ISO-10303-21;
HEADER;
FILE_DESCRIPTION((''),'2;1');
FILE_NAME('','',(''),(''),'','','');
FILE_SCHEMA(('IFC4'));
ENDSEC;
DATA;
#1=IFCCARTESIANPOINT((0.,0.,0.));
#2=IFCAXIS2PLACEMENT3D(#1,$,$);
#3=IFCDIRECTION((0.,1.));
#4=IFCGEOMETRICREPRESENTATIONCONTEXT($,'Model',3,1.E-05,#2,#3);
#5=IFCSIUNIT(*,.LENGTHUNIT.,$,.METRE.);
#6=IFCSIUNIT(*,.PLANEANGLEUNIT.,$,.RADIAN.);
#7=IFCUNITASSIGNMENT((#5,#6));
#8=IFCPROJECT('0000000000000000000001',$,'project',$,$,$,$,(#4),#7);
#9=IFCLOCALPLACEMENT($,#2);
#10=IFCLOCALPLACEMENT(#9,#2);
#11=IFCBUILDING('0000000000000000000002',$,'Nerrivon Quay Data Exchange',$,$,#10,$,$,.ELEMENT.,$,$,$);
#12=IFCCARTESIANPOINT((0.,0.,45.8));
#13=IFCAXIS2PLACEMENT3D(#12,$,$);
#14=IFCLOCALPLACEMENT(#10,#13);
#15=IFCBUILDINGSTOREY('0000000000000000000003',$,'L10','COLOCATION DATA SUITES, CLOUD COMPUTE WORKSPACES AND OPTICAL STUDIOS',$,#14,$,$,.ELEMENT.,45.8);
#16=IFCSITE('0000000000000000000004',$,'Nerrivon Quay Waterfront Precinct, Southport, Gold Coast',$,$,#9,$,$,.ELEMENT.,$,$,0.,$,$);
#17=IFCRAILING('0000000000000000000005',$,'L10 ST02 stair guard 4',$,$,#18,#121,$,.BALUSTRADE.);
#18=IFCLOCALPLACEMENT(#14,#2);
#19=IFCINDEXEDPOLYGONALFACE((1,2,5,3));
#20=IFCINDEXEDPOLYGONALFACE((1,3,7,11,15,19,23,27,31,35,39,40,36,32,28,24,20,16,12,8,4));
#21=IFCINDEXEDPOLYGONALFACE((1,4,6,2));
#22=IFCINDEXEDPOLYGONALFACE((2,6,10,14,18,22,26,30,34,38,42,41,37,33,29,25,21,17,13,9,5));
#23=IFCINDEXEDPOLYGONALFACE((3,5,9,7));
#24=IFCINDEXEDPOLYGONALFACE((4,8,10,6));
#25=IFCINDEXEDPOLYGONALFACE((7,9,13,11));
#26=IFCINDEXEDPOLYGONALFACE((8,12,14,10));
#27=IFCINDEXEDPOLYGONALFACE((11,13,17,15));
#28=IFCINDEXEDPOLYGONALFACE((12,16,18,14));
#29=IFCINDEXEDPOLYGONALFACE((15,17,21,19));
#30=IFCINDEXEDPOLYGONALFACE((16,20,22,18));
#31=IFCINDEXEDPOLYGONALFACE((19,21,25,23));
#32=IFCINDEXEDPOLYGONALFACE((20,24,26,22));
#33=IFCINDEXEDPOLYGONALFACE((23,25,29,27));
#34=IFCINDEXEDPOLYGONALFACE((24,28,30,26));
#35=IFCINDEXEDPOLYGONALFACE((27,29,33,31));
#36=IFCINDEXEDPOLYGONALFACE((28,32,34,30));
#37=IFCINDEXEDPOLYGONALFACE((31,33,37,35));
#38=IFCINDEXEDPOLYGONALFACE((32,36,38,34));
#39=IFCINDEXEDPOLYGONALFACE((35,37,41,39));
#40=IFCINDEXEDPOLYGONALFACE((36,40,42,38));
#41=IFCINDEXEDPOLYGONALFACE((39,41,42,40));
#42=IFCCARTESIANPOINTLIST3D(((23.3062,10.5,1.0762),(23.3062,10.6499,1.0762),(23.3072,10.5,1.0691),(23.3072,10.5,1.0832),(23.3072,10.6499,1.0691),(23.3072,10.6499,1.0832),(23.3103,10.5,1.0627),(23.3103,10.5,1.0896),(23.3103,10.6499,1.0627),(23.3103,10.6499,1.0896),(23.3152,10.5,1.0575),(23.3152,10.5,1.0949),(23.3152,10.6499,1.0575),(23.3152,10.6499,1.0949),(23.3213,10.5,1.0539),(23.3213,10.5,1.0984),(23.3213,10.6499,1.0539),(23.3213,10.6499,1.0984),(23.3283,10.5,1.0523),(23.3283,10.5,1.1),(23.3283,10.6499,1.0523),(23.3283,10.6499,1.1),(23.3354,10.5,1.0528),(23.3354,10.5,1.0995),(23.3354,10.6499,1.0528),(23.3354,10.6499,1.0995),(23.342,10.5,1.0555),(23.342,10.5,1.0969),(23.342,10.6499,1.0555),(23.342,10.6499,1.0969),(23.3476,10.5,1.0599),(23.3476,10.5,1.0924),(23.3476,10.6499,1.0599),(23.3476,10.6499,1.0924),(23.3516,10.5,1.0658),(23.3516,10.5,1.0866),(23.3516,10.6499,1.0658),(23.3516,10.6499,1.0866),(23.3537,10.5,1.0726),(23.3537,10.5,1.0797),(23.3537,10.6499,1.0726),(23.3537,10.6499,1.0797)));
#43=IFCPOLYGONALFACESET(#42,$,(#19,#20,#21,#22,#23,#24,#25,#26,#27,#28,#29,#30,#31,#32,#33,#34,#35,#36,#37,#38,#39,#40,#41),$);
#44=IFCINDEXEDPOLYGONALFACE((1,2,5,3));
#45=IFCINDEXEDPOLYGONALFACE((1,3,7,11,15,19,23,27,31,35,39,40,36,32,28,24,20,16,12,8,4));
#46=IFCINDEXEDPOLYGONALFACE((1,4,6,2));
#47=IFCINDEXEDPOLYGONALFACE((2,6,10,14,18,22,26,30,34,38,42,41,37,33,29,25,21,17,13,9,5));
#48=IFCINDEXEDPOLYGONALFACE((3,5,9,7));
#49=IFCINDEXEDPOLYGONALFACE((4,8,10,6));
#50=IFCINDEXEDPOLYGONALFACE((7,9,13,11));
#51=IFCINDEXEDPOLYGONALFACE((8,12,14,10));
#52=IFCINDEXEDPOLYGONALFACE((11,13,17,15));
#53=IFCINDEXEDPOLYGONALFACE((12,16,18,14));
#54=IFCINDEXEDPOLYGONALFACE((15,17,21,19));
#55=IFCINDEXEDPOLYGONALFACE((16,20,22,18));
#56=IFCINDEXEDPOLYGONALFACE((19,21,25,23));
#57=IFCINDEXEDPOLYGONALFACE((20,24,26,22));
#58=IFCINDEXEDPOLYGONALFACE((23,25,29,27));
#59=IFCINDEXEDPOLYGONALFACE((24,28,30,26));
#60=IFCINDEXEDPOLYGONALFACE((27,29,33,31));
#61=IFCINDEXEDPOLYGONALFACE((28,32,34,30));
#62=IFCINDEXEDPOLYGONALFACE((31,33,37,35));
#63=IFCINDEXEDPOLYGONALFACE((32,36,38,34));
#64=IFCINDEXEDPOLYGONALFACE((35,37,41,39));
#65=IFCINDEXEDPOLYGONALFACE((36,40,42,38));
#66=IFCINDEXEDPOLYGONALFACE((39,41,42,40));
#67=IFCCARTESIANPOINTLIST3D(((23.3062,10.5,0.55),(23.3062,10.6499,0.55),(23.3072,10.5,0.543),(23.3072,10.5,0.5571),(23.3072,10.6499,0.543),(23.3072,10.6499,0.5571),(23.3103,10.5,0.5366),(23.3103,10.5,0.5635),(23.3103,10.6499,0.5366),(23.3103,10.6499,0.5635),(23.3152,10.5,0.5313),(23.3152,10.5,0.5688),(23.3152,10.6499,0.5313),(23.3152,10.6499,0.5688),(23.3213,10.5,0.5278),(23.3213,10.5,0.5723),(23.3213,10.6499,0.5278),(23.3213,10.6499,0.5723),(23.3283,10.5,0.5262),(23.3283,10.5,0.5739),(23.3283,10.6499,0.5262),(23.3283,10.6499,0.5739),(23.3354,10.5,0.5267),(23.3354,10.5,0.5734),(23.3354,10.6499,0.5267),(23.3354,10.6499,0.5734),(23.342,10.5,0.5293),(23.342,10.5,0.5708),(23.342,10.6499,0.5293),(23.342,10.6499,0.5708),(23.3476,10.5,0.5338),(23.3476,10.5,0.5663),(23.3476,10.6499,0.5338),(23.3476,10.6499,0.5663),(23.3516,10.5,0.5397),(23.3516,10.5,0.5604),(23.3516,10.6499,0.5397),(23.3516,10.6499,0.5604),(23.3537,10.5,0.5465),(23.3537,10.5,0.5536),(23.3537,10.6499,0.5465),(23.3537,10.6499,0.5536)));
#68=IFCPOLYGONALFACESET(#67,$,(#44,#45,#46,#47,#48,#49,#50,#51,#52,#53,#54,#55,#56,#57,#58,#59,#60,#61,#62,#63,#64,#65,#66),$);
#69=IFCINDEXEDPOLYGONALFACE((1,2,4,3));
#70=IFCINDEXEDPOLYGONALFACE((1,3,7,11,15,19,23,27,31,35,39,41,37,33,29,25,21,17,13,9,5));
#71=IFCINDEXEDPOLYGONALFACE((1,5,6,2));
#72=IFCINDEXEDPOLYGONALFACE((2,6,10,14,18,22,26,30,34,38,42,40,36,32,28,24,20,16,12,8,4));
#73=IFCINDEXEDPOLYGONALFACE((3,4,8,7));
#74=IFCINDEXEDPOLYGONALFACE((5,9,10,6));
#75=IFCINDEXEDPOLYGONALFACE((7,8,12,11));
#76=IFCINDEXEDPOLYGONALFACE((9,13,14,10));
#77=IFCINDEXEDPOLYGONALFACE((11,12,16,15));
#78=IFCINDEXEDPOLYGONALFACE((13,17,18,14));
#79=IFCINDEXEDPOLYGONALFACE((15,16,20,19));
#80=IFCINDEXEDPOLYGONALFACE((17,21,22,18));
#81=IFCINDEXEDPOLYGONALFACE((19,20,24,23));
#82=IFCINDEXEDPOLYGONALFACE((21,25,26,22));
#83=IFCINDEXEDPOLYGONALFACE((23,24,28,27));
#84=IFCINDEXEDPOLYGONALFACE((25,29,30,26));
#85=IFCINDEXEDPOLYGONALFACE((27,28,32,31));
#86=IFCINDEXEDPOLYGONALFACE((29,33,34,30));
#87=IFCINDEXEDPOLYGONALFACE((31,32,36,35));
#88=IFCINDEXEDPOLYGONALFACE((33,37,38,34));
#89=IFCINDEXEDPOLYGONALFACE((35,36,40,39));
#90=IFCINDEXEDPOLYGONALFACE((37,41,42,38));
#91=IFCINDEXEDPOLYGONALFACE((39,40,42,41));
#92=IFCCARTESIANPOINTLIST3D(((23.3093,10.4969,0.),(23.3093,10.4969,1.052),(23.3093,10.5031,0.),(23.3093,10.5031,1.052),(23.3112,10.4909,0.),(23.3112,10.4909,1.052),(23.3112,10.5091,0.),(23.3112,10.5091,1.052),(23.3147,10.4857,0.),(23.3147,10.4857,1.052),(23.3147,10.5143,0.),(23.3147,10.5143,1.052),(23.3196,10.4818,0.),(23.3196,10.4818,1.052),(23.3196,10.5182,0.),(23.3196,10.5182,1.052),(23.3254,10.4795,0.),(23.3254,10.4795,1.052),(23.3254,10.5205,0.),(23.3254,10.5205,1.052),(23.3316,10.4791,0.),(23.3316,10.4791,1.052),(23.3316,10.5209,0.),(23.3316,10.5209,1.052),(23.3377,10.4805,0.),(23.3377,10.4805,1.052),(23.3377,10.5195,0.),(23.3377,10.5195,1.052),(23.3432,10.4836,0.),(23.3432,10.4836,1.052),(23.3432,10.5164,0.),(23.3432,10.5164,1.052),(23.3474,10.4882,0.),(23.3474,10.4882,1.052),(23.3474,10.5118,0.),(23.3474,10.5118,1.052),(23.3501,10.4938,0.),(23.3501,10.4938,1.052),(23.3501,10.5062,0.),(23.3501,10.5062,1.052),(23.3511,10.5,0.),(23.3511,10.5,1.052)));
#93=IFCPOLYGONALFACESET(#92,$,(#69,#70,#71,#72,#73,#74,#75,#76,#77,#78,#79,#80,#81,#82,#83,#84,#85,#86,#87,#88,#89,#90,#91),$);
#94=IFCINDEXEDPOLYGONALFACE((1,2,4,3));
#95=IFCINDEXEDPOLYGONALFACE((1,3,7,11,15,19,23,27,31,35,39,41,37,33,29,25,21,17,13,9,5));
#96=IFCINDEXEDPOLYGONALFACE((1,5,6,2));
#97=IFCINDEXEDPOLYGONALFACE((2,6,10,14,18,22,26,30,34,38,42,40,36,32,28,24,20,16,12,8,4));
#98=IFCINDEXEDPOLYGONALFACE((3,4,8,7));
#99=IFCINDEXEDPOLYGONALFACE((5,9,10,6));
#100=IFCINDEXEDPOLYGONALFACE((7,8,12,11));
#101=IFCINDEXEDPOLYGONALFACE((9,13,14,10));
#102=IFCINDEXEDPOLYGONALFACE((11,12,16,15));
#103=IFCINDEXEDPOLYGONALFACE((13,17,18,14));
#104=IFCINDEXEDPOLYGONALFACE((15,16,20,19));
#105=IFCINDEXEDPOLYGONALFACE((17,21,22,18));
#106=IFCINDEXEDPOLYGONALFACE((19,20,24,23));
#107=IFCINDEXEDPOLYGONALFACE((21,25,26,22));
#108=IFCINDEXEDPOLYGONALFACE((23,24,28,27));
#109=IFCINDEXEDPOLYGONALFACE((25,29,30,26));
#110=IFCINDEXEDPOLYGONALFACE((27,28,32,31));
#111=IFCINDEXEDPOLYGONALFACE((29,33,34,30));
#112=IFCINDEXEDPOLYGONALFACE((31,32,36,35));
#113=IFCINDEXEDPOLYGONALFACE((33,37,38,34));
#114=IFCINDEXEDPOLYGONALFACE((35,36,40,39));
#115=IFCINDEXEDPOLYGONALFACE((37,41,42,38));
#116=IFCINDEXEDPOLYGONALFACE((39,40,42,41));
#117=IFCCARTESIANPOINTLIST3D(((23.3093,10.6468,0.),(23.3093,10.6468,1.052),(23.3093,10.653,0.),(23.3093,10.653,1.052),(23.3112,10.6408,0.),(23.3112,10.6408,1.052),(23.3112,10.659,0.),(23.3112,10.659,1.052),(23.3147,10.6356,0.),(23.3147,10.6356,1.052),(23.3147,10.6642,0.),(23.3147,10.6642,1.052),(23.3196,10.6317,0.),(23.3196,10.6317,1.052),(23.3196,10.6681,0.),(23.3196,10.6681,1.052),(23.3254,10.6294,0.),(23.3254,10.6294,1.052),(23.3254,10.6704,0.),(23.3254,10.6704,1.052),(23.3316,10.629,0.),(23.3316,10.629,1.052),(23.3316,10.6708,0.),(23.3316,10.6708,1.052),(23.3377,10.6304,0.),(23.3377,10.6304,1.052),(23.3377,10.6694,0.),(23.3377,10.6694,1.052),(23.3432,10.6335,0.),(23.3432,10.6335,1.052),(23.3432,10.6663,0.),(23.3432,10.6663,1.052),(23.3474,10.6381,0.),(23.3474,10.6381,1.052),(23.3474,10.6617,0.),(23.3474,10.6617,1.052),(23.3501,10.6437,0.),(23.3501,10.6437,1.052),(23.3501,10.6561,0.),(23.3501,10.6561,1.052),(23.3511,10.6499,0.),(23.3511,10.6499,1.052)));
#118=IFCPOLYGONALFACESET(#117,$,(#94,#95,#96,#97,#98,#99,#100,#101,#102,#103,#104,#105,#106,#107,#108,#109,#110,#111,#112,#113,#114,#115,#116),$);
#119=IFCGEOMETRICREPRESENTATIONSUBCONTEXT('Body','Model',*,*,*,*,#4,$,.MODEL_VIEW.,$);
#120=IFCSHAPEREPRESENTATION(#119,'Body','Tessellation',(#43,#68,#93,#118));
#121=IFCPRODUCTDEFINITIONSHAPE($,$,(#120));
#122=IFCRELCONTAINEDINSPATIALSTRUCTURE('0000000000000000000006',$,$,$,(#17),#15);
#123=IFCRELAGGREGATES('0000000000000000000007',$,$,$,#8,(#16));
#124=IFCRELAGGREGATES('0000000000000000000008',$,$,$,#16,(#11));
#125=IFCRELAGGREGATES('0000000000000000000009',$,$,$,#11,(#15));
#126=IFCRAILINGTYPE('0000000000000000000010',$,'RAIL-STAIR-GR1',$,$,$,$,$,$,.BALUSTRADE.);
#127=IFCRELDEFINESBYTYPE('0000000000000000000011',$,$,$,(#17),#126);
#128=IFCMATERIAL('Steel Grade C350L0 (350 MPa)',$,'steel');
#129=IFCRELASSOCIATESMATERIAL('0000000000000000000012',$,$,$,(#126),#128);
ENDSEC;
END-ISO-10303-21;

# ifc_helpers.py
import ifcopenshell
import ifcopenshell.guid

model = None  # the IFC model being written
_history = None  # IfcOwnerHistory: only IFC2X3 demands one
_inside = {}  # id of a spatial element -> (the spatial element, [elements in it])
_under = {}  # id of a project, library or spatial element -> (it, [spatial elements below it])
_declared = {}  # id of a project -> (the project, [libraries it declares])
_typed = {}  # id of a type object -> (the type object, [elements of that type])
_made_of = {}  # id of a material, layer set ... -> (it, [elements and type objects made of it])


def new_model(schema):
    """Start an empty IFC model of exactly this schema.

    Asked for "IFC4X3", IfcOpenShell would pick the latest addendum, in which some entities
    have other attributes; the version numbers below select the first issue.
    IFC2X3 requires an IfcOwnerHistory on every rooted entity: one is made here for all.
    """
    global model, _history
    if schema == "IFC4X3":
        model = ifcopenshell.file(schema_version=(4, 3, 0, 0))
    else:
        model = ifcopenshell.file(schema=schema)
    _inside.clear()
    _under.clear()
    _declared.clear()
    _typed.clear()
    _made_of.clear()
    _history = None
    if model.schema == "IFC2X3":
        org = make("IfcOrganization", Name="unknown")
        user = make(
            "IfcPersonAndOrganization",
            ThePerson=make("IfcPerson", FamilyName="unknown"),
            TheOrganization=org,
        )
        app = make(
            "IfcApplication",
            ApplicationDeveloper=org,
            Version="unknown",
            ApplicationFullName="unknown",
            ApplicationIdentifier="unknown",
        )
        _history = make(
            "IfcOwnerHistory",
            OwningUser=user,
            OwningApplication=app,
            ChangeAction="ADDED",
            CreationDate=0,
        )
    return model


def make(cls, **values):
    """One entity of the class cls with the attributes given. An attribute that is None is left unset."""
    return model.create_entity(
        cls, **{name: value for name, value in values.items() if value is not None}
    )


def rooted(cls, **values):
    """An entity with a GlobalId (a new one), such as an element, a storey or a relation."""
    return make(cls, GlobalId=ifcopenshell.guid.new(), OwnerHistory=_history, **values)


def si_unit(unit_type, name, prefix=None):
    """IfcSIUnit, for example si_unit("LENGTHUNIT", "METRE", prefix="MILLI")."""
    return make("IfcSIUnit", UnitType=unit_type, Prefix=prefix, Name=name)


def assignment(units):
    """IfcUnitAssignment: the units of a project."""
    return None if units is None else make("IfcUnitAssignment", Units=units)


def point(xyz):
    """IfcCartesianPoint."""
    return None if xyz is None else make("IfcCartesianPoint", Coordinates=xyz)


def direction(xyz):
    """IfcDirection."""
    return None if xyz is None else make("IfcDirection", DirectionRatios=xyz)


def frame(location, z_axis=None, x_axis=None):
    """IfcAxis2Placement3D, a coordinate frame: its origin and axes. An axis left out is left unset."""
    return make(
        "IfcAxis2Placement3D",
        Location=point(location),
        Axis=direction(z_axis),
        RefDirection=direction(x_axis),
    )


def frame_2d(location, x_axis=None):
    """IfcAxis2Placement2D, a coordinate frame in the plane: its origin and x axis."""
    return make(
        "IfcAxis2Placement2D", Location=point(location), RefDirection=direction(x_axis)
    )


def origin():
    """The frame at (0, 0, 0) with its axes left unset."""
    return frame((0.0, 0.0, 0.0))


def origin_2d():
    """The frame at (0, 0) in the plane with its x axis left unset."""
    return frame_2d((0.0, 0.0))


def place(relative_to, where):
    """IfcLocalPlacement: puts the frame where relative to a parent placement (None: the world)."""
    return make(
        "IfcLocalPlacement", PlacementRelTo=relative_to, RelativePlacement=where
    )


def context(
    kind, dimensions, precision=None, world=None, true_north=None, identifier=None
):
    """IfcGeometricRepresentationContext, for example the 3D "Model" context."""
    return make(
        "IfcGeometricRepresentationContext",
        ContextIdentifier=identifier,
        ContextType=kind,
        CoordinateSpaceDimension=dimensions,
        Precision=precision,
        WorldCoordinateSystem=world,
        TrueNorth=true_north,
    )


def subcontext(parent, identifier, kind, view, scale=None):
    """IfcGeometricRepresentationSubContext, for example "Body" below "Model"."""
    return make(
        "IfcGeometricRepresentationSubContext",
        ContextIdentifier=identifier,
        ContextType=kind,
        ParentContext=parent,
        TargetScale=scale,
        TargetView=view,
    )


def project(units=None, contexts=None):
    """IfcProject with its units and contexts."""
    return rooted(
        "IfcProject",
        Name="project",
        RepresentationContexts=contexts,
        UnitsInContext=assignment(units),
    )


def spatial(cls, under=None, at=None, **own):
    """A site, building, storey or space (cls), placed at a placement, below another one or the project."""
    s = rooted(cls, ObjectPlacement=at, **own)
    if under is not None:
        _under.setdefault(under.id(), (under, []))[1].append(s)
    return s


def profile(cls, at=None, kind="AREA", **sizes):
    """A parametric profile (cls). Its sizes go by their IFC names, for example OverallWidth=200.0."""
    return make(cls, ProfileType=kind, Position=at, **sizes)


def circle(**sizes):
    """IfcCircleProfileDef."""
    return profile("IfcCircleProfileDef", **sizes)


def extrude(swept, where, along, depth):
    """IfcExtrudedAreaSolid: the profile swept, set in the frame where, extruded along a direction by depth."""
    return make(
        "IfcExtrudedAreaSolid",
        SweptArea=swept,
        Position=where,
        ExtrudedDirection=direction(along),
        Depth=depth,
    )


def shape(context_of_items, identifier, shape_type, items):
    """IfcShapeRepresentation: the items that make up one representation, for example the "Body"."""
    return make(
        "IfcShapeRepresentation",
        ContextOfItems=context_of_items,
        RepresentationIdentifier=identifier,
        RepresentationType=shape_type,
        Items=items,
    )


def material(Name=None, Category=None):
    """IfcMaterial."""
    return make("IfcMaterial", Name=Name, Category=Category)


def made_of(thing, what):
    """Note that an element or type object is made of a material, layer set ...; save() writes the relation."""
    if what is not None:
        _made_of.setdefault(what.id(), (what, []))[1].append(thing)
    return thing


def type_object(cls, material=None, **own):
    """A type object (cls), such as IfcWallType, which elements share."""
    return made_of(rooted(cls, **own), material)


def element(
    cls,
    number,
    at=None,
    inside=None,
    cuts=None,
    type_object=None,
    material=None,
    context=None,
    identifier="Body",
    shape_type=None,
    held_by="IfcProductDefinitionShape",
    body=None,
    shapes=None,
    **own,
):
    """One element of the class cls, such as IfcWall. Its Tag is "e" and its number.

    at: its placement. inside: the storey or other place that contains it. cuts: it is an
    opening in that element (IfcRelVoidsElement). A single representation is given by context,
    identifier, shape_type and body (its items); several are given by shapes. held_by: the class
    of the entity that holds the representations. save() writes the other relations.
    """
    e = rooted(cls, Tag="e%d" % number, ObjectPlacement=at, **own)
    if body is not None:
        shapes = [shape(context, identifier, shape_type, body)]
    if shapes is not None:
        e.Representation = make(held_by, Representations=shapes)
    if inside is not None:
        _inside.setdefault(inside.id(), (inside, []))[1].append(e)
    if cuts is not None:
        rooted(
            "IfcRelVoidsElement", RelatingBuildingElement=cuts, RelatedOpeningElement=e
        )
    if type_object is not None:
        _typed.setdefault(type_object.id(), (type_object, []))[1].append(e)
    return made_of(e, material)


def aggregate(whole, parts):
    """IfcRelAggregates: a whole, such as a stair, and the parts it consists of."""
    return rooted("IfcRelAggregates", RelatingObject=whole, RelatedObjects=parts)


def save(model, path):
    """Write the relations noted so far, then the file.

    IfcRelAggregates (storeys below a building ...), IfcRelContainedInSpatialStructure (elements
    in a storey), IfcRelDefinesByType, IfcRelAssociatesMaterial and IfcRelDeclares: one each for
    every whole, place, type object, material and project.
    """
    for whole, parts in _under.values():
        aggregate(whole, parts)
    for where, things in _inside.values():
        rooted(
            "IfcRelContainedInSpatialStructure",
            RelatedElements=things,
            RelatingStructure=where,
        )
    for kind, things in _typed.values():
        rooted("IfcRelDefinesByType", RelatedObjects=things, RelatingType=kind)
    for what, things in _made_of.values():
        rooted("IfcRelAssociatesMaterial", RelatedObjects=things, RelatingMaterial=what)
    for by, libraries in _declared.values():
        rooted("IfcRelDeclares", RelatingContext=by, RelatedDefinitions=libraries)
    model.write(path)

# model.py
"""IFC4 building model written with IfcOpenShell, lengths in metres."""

from ifc_helpers import new_model, si_unit, direction, frame, origin, origin_2d, place, context, subcontext, project, spatial, circle, extrude, material, type_object, element, save


model = new_model("IFC4")

# Units and contexts
model_context = context("Model", 3, precision=1e-05, world=origin(), true_north=direction((0.0, 1.0)))
body_context = subcontext(model_context, "Body", "Model", "MODEL_VIEW")
ifc_project = project(units=[si_unit("LENGTHUNIT", "METRE"), si_unit("PLANEANGLEUNIT", "RADIAN")], contexts=[model_context])

# Site, building, storey
site_placement = place(None, origin())
site = spatial("IfcSite", under=ifc_project, at=site_placement, Name="Nerrivon Quay Waterfront Precinct, Southport, Gold Coast", CompositionType="ELEMENT", RefElevation=0.0)
building_placement = place(site_placement, origin())
building = spatial("IfcBuilding", under=site, at=building_placement, Name="Nerrivon Quay Data Exchange", CompositionType="ELEMENT")
storey_placement = place(building_placement, frame((0.0, 0.0, 45.8)))
storey = spatial("IfcBuildingStorey", under=building, at=storey_placement, Name="L10", Description="COLOCATION DATA SUITES, CLOUD COMPUTE WORKSPACES AND OPTICAL STUDIOS", CompositionType="ELEMENT", Elevation=45.8)

# Railing
ifc_material_1 = material(Name="Steel Grade C350L0 (350 MPa)", Category="steel")
railing_type_1 = type_object("IfcRailingType", Name="RAIL-STAIR-GR1", PredefinedType="BALUSTRADE", material=ifc_material_1)
railing_1_placement = place(storey_placement, frame((23.3301, 10.5, 0.0)))
element("IfcRailing", 1, at=railing_1_placement, inside=storey, type_object=railing_type_1, Name="L10 ST02 stair guard 4", PredefinedType="BALUSTRADE", context=body_context, shape_type="SweptSolid", body=[
    extrude(circle(Radius=0.0239, at=origin_2d()), frame((0.0, 0.0, 1.0762), z_axis=(0.0, 1.0, 0.0), x_axis=(-1.0, 0.0, 0.0)), (0.0, 0.0, 1.0), 0.1499),
    extrude(circle(Radius=0.0239, at=origin_2d()), frame((0.0, 0.0, 0.55), z_axis=(0.0, 1.0, 0.0), x_axis=(-1.0, 0.0, 0.0)), (0.0, 0.0, 1.0), 0.1499),
    extrude(circle(Radius=0.021, at=origin_2d()), origin(), (0.0, 0.0, 1.0), 1.052),
    extrude(circle(Radius=0.021, at=origin_2d()), frame((0.0, 0.1499, 0.0)), (0.0, 0.0, 1.0), 1.052),
])

save(model, "model.ifc")
